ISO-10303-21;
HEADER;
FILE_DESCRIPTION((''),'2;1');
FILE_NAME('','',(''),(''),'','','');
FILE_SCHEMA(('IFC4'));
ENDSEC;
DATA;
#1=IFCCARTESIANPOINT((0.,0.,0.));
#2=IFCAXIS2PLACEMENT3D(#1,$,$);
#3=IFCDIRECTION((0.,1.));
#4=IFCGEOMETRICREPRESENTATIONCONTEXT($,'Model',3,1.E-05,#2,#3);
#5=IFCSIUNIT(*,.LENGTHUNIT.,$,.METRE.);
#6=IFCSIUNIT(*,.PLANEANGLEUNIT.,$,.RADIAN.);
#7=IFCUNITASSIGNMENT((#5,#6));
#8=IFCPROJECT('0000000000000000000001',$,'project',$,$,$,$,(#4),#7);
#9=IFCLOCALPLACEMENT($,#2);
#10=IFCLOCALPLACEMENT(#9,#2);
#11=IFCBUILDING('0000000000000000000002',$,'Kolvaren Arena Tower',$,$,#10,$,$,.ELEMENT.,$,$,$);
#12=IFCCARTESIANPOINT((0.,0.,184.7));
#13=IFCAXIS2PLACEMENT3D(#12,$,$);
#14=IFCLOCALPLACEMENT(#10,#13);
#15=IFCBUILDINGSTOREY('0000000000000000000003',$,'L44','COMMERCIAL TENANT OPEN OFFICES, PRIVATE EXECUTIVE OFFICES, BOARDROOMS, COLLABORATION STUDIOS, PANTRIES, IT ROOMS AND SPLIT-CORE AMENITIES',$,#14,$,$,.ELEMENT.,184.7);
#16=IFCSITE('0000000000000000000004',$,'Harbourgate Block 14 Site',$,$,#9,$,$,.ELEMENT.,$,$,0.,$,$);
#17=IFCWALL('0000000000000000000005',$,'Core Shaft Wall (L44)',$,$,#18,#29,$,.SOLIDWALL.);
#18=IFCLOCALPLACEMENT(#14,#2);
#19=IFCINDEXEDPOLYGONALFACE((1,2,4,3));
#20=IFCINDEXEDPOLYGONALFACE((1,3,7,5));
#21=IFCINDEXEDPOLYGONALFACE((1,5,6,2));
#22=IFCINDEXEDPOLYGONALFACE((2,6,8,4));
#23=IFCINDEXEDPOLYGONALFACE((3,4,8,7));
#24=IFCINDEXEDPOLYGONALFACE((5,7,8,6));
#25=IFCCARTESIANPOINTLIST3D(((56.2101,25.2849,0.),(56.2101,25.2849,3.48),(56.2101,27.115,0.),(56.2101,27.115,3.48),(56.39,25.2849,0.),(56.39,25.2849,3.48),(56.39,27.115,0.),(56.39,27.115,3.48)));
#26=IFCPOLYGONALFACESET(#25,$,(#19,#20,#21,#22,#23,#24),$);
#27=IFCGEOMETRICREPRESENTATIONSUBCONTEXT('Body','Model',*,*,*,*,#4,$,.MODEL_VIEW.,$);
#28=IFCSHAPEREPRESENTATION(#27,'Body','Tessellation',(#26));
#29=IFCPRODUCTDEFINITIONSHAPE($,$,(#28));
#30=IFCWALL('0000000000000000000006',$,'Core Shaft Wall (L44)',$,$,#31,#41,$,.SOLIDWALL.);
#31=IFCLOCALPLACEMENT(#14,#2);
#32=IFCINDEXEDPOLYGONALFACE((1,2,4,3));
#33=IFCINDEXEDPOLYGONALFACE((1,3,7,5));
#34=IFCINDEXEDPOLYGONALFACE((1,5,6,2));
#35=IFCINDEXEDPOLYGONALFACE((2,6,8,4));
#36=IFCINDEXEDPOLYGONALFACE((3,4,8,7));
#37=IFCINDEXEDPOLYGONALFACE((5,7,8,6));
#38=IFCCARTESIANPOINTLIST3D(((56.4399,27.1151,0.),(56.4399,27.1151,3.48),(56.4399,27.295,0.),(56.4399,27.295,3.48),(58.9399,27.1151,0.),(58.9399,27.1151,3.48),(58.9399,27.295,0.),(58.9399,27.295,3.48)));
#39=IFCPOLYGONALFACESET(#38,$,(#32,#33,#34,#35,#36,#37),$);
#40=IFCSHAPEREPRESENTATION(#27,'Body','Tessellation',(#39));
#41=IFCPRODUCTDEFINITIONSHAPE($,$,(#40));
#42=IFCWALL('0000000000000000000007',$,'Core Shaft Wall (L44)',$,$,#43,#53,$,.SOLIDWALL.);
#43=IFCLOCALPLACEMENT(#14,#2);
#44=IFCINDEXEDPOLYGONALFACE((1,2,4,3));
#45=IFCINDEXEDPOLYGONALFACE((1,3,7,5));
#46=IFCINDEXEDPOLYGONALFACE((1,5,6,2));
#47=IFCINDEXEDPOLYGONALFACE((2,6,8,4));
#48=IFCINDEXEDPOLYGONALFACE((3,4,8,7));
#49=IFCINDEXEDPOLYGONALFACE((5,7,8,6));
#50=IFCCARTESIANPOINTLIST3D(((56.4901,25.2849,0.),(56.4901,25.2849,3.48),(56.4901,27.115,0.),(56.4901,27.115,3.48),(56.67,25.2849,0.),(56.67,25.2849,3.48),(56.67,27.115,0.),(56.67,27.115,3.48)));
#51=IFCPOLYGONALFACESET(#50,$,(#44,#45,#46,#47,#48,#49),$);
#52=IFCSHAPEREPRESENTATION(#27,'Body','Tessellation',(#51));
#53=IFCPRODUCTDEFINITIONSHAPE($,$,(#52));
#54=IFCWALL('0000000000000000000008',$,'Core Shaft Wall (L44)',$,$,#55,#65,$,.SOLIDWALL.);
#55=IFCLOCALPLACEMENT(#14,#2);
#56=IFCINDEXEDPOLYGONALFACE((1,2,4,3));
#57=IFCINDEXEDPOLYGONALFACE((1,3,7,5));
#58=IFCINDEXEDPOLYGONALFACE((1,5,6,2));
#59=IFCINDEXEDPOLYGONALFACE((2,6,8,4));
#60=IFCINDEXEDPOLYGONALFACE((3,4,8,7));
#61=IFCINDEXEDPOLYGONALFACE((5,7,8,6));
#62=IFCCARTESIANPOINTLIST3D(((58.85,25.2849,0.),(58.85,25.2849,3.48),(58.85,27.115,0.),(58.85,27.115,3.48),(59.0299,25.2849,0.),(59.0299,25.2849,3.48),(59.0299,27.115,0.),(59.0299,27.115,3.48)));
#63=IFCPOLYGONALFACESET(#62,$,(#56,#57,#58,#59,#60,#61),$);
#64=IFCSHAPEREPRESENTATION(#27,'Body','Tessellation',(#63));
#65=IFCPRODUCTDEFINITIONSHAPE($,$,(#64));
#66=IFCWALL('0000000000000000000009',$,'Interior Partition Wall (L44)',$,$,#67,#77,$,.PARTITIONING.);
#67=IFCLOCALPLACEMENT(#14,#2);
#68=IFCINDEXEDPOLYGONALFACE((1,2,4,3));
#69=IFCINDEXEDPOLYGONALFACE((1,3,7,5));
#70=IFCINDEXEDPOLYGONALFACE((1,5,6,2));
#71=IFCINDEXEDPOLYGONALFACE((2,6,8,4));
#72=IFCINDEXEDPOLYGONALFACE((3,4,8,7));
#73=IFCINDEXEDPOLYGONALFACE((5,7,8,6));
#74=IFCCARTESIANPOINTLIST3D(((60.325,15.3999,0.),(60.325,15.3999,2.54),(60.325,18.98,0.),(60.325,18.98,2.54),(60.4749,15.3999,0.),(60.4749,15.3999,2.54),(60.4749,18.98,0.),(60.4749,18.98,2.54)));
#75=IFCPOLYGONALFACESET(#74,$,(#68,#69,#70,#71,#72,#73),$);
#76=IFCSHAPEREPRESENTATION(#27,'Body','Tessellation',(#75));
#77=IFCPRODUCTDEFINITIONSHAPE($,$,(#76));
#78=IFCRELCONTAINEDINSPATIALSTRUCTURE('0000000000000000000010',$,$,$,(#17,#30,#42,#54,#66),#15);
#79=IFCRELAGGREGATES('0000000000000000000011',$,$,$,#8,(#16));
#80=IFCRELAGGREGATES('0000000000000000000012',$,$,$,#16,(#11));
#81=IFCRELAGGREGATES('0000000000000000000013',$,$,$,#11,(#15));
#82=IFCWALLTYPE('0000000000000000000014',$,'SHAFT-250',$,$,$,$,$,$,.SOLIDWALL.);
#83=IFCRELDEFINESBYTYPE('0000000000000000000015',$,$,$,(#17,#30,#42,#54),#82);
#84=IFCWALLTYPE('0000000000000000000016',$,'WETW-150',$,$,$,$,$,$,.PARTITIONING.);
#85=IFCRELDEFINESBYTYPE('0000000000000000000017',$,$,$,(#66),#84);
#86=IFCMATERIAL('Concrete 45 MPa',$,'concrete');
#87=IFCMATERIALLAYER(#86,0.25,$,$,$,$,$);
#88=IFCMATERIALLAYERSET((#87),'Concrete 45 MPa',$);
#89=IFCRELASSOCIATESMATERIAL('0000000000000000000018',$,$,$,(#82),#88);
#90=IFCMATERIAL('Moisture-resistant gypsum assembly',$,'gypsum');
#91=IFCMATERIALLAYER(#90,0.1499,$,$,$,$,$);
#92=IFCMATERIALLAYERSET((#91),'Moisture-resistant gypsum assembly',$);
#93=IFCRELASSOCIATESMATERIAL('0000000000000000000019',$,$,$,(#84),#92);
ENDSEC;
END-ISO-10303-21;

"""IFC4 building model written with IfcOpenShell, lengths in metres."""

from ifc_helpers import new_model, si_unit, direction, frame, frame_2d, origin, place, context, subcontext, project, spatial, rectangle, extrude, material, layer, layer_set, type_object, element, save


model = new_model("IFC4")

# Units and contexts
model_context = context("Model", 3, precision=1e-05, world=origin(), true_north=direction((0.0, 1.0)))
body_context = subcontext(model_context, "Body", "Model", "MODEL_VIEW")
ifc_project = project(units=[si_unit("LENGTHUNIT", "METRE"), si_unit("PLANEANGLEUNIT", "RADIAN")], contexts=[model_context])

# Site, building, storey
site_placement = place(None, origin())
site = spatial("IfcSite", under=ifc_project, at=site_placement, Name="Harbourgate Block 14 Site", CompositionType="ELEMENT", RefElevation=0.0)
building_placement = place(site_placement, origin())
building = spatial("IfcBuilding", under=site, at=building_placement, Name="Kolvaren Arena Tower", CompositionType="ELEMENT")
storey_placement = place(building_placement, frame((0.0, 0.0, 184.7)))
storey = spatial("IfcBuildingStorey", under=building, at=storey_placement, Name="L44", Description="COMMERCIAL TENANT OPEN OFFICES, PRIVATE EXECUTIVE OFFICES, BOARDROOMS, COLLABORATION STUDIOS, PANTRIES, IT ROOMS AND SPLIT-CORE AMENITIES", CompositionType="ELEMENT", Elevation=184.7)

# Walls
ifc_material_1 = material(Name="Concrete 45 MPa", Category="concrete")
ifc_layer_1 = layer(ifc_material_1, 0.25)
ifc_layer_set_1 = layer_set([ifc_layer_1], Name="Concrete 45 MPa")
wall_type_1 = type_object("IfcWallType", Name="SHAFT-250", PredefinedType="SOLIDWALL", material=ifc_layer_set_1)
for number, where, z_axis, x_axis, name in (
    (1, (56.3, 25.2849, 0.0), (0.0, 0.0, 1.0), (0.0, 1.0, 0.0), "Core Shaft Wall (L44)"),
):
    element("IfcWall", number, at=place(storey_placement, frame(where, z_axis=z_axis, x_axis=x_axis)), inside=storey, type_object=wall_type_1, Name=name, PredefinedType="SOLIDWALL", context=body_context, shape_type="SweptSolid", body=[
        extrude(rectangle(XDim=1.8301, YDim=0.1799, at=frame_2d((0.915, 0.0))), origin(), (0.0, 0.0, 1.0), 3.48),
    ])
wall_1_placement = place(storey_placement, frame((56.4399, 27.2051, 0.0), z_axis=(0.0, 0.0, 1.0), x_axis=(1.0, 0.0, 0.0)))
element("IfcWall", 2, at=wall_1_placement, inside=storey, type_object=wall_type_1, Name="Core Shaft Wall (L44)", PredefinedType="SOLIDWALL", context=body_context, shape_type="SweptSolid", body=[
    extrude(rectangle(XDim=2.5, YDim=0.1799, at=frame_2d((1.25, 0.0))), origin(), (0.0, 0.0, 1.0), 3.48),
])
for number, where, z_axis, x_axis, name in (
    (3, (56.5801, 25.2849, 0.0), (0.0, 0.0, 1.0), (0.0, 1.0, 0.0), "Core Shaft Wall (L44)"),
    (4, (58.9399, 25.2849, 0.0), (0.0, 0.0, 1.0), (0.0, 1.0, 0.0), "Core Shaft Wall (L44)"),
):
    element("IfcWall", number, at=place(storey_placement, frame(where, z_axis=z_axis, x_axis=x_axis)), inside=storey, type_object=wall_type_1, Name=name, PredefinedType="SOLIDWALL", context=body_context, shape_type="SweptSolid", body=[
        extrude(rectangle(XDim=1.8301, YDim=0.1799, at=frame_2d((0.915, 0.0))), origin(), (0.0, 0.0, 1.0), 3.48),
    ])
ifc_material_2 = material(Name="Moisture-resistant gypsum assembly", Category="gypsum")
ifc_layer_2 = layer(ifc_material_2, 0.1499)
ifc_layer_set_2 = layer_set([ifc_layer_2], Name="Moisture-resistant gypsum assembly")
wall_type_2 = type_object("IfcWallType", Name="WETW-150", PredefinedType="PARTITIONING", material=ifc_layer_set_2)
wall_2_placement = place(storey_placement, frame((60.3999, 15.3999, 0.0), z_axis=(0.0, 0.0, 1.0), x_axis=(0.0, 1.0, 0.0)))
element("IfcWall", 5, at=wall_2_placement, inside=storey, type_object=wall_type_2, Name="Interior Partition Wall (L44)", PredefinedType="PARTITIONING", context=body_context, shape_type="SweptSolid", body=[
    extrude(rectangle(XDim=3.5801, YDim=0.1499, at=frame_2d((1.79, 0.0))), origin(), (0.0, 0.0, 1.0), 2.54),
])

save(model, "model.ifc")
